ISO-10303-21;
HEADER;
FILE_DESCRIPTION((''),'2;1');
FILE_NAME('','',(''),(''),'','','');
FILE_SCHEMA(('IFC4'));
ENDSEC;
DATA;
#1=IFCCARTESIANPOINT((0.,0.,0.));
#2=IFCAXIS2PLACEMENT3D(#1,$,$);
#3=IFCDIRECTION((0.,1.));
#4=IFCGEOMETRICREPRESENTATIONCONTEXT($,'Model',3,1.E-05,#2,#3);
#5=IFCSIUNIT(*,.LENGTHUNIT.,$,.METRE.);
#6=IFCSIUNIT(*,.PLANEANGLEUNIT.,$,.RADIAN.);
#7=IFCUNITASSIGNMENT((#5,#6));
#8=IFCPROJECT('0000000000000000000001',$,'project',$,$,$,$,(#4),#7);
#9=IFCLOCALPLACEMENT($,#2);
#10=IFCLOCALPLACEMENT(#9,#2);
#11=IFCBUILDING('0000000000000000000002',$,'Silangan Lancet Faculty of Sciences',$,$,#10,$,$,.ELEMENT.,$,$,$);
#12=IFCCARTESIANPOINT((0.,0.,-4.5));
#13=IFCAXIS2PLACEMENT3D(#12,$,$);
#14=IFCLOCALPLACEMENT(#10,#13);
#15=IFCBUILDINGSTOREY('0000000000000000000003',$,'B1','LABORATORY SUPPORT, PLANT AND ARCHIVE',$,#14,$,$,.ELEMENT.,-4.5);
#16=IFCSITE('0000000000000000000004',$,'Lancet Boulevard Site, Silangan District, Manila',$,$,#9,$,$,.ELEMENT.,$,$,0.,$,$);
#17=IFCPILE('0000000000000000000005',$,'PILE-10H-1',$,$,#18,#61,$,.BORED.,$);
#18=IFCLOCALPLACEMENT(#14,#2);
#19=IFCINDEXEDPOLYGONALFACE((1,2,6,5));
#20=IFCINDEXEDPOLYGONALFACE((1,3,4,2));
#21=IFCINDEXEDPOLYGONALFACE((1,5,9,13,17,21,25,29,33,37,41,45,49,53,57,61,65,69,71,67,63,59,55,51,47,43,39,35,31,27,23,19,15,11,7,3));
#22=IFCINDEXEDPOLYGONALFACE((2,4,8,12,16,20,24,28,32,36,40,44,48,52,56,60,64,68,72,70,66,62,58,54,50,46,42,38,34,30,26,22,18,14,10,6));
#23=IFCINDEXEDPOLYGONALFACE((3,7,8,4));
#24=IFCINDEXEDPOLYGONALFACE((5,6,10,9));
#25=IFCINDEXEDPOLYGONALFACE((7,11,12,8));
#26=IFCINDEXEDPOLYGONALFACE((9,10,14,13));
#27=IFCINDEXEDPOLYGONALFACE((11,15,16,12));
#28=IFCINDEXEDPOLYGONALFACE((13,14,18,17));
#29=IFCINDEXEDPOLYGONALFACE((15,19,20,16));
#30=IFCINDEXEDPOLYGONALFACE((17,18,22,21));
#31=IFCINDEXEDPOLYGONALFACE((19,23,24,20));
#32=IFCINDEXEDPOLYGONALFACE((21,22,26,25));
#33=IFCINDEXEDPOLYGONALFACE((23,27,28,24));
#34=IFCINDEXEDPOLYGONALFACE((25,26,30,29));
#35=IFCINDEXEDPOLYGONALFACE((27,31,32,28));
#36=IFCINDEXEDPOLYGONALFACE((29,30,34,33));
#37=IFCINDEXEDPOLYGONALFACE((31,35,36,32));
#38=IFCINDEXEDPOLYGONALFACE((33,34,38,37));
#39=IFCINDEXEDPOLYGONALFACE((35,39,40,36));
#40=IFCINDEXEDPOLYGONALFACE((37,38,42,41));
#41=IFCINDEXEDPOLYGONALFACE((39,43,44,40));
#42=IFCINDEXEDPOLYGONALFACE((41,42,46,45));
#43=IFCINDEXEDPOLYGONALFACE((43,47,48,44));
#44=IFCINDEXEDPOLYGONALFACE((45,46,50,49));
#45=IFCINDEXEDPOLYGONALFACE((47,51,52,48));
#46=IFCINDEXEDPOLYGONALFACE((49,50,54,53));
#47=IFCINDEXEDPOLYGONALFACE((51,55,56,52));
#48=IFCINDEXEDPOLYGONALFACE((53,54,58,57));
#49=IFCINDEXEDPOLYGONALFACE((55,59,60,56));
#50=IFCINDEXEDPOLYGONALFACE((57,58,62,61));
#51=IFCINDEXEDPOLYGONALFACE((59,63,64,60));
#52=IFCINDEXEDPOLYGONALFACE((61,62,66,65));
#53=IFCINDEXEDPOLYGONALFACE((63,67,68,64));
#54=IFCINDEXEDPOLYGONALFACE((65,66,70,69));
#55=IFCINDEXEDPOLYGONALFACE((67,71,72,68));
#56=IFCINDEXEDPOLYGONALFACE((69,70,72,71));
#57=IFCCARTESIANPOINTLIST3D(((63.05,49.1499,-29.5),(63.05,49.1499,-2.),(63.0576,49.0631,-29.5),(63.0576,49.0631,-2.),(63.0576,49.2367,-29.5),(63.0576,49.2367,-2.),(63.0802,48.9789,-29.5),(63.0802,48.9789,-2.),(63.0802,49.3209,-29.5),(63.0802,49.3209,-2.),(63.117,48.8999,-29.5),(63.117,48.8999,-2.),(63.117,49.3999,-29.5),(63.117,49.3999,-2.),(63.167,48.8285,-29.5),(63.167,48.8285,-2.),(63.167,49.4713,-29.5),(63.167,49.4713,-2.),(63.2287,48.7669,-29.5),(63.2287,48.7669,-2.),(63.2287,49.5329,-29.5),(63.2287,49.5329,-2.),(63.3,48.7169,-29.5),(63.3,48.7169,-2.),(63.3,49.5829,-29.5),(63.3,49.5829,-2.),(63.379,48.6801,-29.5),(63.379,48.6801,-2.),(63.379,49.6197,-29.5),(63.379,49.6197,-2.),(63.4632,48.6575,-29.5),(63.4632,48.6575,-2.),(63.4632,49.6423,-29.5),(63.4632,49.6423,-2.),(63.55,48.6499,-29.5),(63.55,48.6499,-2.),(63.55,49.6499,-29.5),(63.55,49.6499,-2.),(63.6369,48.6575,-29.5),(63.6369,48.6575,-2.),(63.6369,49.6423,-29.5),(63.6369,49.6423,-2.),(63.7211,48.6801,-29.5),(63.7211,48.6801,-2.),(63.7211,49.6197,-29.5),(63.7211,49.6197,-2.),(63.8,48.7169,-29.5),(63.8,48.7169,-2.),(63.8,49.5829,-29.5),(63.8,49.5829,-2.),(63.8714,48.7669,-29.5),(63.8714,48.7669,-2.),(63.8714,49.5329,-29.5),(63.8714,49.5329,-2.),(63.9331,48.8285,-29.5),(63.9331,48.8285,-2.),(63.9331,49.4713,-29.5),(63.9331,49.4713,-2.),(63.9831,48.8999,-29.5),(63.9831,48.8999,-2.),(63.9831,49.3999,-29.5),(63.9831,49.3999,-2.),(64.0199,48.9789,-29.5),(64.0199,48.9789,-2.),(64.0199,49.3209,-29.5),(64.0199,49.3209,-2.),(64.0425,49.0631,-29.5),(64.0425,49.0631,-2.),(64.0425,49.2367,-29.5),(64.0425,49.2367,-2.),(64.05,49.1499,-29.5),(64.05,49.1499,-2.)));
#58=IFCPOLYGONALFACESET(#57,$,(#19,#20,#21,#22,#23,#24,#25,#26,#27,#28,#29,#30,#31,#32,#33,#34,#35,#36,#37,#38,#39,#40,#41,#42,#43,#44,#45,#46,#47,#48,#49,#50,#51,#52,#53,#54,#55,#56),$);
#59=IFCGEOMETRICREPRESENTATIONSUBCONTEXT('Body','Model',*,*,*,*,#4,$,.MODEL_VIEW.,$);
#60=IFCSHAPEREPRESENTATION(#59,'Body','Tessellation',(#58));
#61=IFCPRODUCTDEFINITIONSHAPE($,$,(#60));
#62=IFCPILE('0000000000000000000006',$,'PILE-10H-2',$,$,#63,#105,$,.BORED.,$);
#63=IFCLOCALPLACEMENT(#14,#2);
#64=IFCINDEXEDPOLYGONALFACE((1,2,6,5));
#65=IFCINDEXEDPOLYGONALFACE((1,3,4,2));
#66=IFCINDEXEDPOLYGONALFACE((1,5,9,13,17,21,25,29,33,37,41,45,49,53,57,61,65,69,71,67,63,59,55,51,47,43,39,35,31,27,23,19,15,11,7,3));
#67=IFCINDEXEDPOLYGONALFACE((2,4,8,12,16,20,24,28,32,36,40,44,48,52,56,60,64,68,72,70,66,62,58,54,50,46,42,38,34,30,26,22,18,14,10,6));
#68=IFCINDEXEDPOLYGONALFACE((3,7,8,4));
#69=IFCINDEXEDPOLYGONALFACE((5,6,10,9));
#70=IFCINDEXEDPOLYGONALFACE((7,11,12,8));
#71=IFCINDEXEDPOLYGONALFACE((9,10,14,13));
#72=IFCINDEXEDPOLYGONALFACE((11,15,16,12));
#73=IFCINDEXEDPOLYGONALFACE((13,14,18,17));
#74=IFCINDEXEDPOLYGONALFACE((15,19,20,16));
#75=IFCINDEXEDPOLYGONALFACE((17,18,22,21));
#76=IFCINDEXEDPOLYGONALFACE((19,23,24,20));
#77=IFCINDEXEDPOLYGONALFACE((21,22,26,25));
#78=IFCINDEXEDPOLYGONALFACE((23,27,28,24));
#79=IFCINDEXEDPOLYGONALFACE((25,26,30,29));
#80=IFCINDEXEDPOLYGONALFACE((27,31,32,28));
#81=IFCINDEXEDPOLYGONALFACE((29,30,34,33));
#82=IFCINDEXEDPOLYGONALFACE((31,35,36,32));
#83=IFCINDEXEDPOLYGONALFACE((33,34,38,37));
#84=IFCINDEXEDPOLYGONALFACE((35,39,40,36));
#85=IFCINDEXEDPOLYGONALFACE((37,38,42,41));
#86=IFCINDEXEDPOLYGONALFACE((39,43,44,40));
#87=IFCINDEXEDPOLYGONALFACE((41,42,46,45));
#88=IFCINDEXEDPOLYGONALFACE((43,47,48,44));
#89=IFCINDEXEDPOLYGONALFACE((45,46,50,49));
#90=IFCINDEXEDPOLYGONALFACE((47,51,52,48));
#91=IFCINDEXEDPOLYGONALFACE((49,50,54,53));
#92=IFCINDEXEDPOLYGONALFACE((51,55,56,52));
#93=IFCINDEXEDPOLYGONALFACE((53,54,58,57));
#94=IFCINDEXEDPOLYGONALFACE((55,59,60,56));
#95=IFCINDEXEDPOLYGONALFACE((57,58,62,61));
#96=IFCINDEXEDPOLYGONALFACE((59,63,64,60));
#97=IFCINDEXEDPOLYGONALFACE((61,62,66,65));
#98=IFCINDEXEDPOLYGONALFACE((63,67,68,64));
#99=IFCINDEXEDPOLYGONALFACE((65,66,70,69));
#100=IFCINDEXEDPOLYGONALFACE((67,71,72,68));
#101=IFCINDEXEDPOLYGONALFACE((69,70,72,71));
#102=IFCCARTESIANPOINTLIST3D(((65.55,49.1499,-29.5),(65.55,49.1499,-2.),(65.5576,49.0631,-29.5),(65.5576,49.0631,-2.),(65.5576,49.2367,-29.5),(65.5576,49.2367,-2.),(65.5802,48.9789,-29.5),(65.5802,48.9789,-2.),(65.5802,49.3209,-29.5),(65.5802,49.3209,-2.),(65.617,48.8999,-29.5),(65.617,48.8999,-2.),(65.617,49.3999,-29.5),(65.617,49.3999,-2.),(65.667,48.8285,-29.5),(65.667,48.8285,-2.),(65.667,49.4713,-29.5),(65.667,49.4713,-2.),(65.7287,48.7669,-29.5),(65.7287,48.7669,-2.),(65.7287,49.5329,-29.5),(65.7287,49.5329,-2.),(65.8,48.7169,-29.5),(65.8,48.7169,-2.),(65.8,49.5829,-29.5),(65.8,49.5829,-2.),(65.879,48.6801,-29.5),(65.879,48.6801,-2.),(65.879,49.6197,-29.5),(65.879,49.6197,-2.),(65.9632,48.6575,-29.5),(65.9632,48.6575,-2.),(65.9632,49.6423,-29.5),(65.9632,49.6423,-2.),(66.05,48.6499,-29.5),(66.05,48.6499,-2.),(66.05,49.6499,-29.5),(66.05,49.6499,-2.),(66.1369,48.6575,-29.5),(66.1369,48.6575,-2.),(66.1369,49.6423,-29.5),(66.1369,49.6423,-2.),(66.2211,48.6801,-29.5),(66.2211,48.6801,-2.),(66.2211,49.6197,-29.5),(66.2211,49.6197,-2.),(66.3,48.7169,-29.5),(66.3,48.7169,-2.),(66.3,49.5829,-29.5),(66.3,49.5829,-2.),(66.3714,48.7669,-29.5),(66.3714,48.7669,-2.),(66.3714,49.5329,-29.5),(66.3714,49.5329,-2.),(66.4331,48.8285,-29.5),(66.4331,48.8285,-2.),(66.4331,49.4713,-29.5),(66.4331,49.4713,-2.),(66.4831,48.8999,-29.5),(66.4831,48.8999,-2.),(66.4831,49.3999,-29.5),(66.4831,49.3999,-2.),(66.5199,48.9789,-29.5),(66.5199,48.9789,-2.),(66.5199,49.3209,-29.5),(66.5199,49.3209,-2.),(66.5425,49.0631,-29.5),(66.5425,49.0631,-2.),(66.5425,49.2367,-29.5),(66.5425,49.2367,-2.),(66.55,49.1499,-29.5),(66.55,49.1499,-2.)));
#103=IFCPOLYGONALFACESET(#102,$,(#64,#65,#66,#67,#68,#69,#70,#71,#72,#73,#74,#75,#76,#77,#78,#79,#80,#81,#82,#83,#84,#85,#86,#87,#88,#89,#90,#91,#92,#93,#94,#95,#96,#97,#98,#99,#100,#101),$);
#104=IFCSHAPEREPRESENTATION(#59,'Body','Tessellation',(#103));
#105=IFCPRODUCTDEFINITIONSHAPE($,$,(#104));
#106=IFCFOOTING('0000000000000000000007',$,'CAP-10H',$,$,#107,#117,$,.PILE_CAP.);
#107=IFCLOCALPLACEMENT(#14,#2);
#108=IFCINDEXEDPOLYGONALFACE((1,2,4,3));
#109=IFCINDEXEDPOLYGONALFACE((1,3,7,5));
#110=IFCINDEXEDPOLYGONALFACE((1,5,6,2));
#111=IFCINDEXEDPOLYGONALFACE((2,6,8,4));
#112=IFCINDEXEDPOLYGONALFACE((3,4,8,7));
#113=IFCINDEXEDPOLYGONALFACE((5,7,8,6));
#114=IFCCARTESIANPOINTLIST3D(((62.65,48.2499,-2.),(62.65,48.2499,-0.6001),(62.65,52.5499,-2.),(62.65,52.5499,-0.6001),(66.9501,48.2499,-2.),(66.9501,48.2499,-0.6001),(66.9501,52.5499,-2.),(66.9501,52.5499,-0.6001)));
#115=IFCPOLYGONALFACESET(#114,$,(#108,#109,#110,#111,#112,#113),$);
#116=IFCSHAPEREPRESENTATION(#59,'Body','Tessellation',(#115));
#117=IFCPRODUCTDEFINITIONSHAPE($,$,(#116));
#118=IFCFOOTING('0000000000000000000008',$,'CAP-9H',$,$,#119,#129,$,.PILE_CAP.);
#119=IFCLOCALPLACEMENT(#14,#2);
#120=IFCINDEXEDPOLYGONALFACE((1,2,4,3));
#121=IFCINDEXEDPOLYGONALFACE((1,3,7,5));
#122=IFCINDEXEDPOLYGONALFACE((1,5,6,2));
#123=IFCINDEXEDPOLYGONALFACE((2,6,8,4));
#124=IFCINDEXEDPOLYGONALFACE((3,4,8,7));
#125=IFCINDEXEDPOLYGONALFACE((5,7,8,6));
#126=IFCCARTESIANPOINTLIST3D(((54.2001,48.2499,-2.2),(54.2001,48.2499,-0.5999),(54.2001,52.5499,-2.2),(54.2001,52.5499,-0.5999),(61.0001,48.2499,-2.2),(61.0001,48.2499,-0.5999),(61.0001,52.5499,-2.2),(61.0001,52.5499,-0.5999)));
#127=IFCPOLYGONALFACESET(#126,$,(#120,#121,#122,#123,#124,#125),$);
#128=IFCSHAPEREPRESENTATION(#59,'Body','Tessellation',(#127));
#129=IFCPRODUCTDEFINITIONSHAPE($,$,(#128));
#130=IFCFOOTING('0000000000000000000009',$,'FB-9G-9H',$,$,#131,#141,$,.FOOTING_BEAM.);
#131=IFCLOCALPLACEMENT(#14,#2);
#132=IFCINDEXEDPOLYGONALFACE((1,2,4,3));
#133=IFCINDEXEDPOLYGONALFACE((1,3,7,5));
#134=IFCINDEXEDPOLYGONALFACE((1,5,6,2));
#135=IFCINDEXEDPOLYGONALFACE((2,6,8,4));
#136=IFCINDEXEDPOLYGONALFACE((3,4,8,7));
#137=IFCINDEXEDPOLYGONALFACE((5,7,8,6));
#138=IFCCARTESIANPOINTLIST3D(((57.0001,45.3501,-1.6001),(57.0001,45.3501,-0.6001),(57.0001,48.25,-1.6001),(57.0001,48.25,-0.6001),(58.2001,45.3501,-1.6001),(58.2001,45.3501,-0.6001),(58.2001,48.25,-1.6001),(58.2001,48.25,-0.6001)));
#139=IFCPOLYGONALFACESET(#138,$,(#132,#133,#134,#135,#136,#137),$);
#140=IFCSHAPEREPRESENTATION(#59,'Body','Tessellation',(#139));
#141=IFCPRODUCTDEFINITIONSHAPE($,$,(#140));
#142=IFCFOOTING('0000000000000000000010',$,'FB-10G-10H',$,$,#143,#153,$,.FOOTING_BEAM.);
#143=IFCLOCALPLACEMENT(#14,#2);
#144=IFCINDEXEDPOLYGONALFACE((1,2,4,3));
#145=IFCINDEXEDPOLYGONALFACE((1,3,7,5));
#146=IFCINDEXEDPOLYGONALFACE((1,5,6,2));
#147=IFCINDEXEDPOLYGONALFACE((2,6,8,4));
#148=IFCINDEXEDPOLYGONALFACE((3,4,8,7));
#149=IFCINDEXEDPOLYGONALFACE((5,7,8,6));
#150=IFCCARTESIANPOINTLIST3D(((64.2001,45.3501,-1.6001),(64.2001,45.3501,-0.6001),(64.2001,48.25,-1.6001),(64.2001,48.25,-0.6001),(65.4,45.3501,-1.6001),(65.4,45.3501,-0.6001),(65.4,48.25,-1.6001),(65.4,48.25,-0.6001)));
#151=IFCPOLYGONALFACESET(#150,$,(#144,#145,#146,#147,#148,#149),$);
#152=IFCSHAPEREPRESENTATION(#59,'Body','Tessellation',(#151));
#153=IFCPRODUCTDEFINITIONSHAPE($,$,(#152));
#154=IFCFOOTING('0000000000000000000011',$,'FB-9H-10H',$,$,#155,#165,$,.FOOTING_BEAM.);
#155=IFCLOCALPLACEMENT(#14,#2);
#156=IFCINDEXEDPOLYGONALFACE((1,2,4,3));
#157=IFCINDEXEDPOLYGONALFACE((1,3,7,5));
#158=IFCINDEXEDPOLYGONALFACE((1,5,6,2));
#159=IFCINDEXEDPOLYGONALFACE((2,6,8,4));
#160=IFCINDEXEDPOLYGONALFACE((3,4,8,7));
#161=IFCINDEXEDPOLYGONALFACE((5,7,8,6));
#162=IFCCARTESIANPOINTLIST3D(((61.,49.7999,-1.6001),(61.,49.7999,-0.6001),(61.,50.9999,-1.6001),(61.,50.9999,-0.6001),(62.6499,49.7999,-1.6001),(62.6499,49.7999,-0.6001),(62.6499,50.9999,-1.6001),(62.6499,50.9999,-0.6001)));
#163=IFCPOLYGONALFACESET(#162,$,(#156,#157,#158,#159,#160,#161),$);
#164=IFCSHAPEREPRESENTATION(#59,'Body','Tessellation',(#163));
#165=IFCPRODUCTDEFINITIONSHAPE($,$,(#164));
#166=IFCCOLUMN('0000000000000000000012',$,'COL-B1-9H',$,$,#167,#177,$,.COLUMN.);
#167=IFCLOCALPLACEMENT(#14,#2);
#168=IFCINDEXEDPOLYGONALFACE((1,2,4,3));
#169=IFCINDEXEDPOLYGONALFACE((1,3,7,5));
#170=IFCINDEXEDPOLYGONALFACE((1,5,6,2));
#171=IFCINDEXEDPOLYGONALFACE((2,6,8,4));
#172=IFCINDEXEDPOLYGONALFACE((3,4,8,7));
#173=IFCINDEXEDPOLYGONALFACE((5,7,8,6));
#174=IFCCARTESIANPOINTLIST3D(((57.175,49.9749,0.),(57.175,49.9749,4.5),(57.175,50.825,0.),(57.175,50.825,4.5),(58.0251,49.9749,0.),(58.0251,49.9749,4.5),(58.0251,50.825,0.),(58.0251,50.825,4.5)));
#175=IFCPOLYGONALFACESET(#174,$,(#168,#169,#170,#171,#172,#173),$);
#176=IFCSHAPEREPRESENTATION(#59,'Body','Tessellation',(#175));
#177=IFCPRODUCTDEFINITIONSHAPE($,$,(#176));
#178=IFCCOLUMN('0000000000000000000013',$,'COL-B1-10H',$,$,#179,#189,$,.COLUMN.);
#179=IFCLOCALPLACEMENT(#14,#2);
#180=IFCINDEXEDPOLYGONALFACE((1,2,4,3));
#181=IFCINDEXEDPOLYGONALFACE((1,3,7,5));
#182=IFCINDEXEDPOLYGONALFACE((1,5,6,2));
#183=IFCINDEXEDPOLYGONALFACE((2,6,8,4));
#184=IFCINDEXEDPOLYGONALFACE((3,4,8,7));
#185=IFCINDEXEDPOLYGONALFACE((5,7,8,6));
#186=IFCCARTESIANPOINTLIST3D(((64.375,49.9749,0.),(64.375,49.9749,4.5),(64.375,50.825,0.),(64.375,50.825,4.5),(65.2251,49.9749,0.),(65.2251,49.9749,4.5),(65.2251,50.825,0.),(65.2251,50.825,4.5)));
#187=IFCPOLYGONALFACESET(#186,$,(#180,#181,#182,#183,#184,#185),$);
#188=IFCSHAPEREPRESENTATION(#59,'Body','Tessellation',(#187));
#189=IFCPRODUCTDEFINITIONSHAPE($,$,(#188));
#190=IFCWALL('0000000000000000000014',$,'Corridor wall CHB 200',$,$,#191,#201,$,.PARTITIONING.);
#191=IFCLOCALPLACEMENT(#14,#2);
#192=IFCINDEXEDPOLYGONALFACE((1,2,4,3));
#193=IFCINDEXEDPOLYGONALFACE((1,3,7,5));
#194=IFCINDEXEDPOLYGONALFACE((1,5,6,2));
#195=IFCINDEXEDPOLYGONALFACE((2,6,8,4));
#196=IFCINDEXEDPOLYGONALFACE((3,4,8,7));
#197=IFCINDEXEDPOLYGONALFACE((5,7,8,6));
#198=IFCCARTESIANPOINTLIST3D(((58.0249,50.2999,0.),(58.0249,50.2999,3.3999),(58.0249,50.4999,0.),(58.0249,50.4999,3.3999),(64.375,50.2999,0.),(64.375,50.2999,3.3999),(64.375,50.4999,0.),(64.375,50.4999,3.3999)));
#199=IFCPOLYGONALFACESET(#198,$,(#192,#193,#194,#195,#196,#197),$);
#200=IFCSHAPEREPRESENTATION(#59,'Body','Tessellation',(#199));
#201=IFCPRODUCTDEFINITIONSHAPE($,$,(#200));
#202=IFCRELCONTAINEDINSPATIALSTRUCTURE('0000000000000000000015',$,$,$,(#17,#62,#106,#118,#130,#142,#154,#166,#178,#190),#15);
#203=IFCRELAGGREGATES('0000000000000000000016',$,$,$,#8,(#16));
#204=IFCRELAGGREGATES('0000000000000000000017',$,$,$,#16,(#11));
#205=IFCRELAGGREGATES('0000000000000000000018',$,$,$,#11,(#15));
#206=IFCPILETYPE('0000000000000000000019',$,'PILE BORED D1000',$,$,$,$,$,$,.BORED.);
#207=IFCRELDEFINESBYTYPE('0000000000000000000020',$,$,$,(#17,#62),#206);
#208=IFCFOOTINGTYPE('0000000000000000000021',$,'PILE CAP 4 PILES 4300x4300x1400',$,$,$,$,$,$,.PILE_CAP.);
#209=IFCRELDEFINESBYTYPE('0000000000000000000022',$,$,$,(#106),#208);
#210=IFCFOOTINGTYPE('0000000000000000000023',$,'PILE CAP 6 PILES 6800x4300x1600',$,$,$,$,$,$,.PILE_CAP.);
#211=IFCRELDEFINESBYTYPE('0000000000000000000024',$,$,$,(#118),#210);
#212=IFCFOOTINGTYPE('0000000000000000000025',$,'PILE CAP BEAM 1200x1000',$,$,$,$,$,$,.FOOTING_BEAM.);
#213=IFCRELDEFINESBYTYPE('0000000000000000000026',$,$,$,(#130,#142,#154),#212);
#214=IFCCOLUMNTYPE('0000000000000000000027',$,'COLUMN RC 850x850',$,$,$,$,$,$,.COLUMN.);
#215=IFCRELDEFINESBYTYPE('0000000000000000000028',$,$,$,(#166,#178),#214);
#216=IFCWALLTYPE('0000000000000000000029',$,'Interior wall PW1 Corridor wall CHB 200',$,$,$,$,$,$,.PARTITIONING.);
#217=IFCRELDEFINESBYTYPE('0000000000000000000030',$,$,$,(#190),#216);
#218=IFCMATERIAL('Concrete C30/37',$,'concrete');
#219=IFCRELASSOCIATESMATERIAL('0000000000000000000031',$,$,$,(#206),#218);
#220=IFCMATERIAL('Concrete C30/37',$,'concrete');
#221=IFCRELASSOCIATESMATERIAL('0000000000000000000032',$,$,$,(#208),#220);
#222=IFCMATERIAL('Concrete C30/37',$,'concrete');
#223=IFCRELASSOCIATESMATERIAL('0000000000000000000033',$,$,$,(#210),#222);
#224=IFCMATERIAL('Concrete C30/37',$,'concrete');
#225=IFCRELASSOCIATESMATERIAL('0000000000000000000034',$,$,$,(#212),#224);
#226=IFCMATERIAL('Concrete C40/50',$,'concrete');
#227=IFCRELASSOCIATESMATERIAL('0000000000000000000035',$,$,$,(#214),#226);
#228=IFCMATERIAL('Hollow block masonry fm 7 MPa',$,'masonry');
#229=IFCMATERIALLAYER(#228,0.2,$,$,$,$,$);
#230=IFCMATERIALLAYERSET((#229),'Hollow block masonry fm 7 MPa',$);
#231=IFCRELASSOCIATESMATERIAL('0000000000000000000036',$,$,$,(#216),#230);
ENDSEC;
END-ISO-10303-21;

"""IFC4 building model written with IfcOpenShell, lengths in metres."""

from ifc_helpers import new_model, si_unit, direction, frame, frame_2d, origin, origin_2d, place, context, subcontext, project, spatial, rectangle, circle, extrude, material, layer, layer_set, material_profile, profile_set, type_object, element, save


model = new_model("IFC4")

# Units and contexts
model_context = context("Model", 3, precision=1e-05, world=origin(), true_north=direction((0.0, 1.0)))
body_context = subcontext(model_context, "Body", "Model", "MODEL_VIEW")
ifc_project = project(units=[si_unit("LENGTHUNIT", "METRE"), si_unit("PLANEANGLEUNIT", "RADIAN")], contexts=[model_context])

# Site, building, storey
site_placement = place(None, origin())
site = spatial("IfcSite", under=ifc_project, at=site_placement, Name="Lancet Boulevard Site, Silangan District, Manila", CompositionType="ELEMENT", RefElevation=0.0)
building_placement = place(site_placement, origin())
building = spatial("IfcBuilding", under=site, at=building_placement, Name="Silangan Lancet Faculty of Sciences", CompositionType="ELEMENT")
storey_placement = place(building_placement, frame((0.0, 0.0, -4.5)))
storey = spatial("IfcBuildingStorey", under=building, at=storey_placement, Name="B1", Description="LABORATORY SUPPORT, PLANT AND ARCHIVE", CompositionType="ELEMENT", Elevation=-4.5)

# Piles
ifc_material_1 = material(Name="Concrete C30/37", Category="concrete")
ifc_material_profile_1 = material_profile(ifc_material_1, circle(Radius=0.5, at=origin_2d()), Name="BORED PILE D1000")
ifc_profile_set_1 = profile_set([ifc_material_profile_1], Name="Concrete C30/37")
pile_type = type_object("IfcPileType", Name="PILE BORED D1000", PredefinedType="BORED", material=ifc_profile_set_1)
for number, where, z_axis, x_axis, name in (
    (1, (63.55, 49.1499, -2.0), (0.0, 0.0, -1.0), (1.0, 0.0, 0.0), "PILE-10H-1"),
    (2, (66.05, 49.1499, -2.0), (0.0, 0.0, -1.0), (1.0, 0.0, 0.0), "PILE-10H-2"),
):
    element("IfcPile", number, at=place(storey_placement, frame(where, z_axis=z_axis, x_axis=x_axis)), inside=storey, type_object=pile_type, Name=name, PredefinedType="BORED", context=body_context, shape_type="SweptSolid", body=[
        extrude(circle(Radius=0.5, at=origin_2d()), origin(), (0.0, 0.0, 1.0), 27.5),
    ])

# Footings
ifc_material_2 = material(Name="Concrete C30/37", Category="concrete")
footing_type_1 = type_object("IfcFootingType", Name="PILE CAP 4 PILES 4300x4300x1400", PredefinedType="PILE_CAP", material=ifc_material_2)
footing_1_placement = place(storey_placement, frame((64.8, 50.3999, -2.0), z_axis=(0.0, 0.0, 1.0), x_axis=(1.0, 0.0, 0.0)))
element("IfcFooting", 3, at=footing_1_placement, inside=storey, type_object=footing_type_1, Name="CAP-10H", PredefinedType="PILE_CAP", context=body_context, shape_type="SweptSolid", body=[
    extrude(rectangle(XDim=4.3, YDim=4.3, at=origin_2d()), origin(), (0.0, 0.0, 1.0), 1.3999),
])
ifc_material_3 = material(Name="Concrete C30/37", Category="concrete")
footing_type_2 = type_object("IfcFootingType", Name="PILE CAP 6 PILES 6800x4300x1600", PredefinedType="PILE_CAP", material=ifc_material_3)
footing_2_placement = place(storey_placement, frame((57.6001, 50.3999, -2.2), z_axis=(0.0, 0.0, 1.0), x_axis=(1.0, 0.0, 0.0)))
element("IfcFooting", 4, at=footing_2_placement, inside=storey, type_object=footing_type_2, Name="CAP-9H", PredefinedType="PILE_CAP", context=body_context, shape_type="SweptSolid", body=[
    extrude(rectangle(XDim=6.8, YDim=4.3, at=origin_2d()), origin(), (0.0, 0.0, 1.0), 1.6001),
])
ifc_material_4 = material(Name="Concrete C30/37", Category="concrete")
footing_type_3 = type_object("IfcFootingType", Name="PILE CAP BEAM 1200x1000", PredefinedType="FOOTING_BEAM", material=ifc_material_4)
for number, where, z_axis, x_axis, name in (
    (5, (57.6001, 46.8, -1.6001), (0.0, 0.0, 1.0), (0.0, 1.0, 0.0), "FB-9G-9H"),
    (6, (64.8, 46.8, -1.6001), (0.0, 0.0, 1.0), (0.0, 1.0, 0.0), "FB-10G-10H"),
):
    element("IfcFooting", number, at=place(storey_placement, frame(where, z_axis=z_axis, x_axis=x_axis)), inside=storey, type_object=footing_type_3, Name=name, PredefinedType="FOOTING_BEAM", context=body_context, shape_type="SweptSolid", body=[
        extrude(rectangle(XDim=2.8999, YDim=1.2, at=origin_2d()), origin(), (0.0, 0.0, 1.0), 1.0),
    ])
footing_3_placement = place(storey_placement, frame((61.825, 50.3999, -1.6001), z_axis=(0.0, 0.0, 1.0), x_axis=(1.0, 0.0, 0.0)))
element("IfcFooting", 7, at=footing_3_placement, inside=storey, type_object=footing_type_3, Name="FB-9H-10H", PredefinedType="FOOTING_BEAM", context=body_context, shape_type="SweptSolid", body=[
    extrude(rectangle(XDim=1.6499, YDim=1.2, at=origin_2d()), origin(), (0.0, 0.0, 1.0), 1.0),
])

# Columns
ifc_material_5 = material(Name="Concrete C40/50", Category="concrete")
ifc_material_profile_2 = material_profile(ifc_material_5, rectangle(XDim=0.8501, YDim=0.8501, at=origin_2d()), Name="RC 850x850")
ifc_profile_set_2 = profile_set([ifc_material_profile_2], Name="Concrete C40/50")
column_type = type_object("IfcColumnType", Name="COLUMN RC 850x850", PredefinedType="COLUMN", material=ifc_profile_set_2)
for number, where, z_axis, x_axis, name in (
    (8, (57.6001, 50.3999, 0.0), (0.0, 0.0, 1.0), (1.0, 0.0, 0.0), "COL-B1-9H"),
    (9, (64.8, 50.3999, 0.0), (0.0, 0.0, 1.0), (1.0, 0.0, 0.0), "COL-B1-10H"),
):
    element("IfcColumn", number, at=place(storey_placement, frame(where, z_axis=z_axis, x_axis=x_axis)), inside=storey, type_object=column_type, Name=name, PredefinedType="COLUMN", context=body_context, shape_type="SweptSolid", body=[
        extrude(rectangle(XDim=0.8501, YDim=0.8501, at=origin_2d()), origin(), (0.0, 0.0, 1.0), 4.5),
    ])

# Wall
ifc_material_6 = material(Name="Hollow block masonry fm 7 MPa", Category="masonry")
ifc_layer_1 = layer(ifc_material_6, 0.2)
ifc_layer_set_1 = layer_set([ifc_layer_1], Name="Hollow block masonry fm 7 MPa")
wall_type_1 = type_object("IfcWallType", Name="Interior wall PW1 Corridor wall CHB 200", PredefinedType="PARTITIONING", material=ifc_layer_set_1)
wall_1_placement = place(storey_placement, frame((58.0249, 50.3999, 0.0), z_axis=(0.0, 0.0, 1.0), x_axis=(1.0, 0.0, 0.0)))
element("IfcWall", 10, at=wall_1_placement, inside=storey, type_object=wall_type_1, Name="Corridor wall CHB 200", PredefinedType="PARTITIONING", context=body_context, shape_type="SweptSolid", body=[
    extrude(rectangle(XDim=6.3501, YDim=0.2, at=frame_2d((3.175, 0.0))), origin(), (0.0, 0.0, 1.0), 3.3999),
])

save(model, "model.ifc")
